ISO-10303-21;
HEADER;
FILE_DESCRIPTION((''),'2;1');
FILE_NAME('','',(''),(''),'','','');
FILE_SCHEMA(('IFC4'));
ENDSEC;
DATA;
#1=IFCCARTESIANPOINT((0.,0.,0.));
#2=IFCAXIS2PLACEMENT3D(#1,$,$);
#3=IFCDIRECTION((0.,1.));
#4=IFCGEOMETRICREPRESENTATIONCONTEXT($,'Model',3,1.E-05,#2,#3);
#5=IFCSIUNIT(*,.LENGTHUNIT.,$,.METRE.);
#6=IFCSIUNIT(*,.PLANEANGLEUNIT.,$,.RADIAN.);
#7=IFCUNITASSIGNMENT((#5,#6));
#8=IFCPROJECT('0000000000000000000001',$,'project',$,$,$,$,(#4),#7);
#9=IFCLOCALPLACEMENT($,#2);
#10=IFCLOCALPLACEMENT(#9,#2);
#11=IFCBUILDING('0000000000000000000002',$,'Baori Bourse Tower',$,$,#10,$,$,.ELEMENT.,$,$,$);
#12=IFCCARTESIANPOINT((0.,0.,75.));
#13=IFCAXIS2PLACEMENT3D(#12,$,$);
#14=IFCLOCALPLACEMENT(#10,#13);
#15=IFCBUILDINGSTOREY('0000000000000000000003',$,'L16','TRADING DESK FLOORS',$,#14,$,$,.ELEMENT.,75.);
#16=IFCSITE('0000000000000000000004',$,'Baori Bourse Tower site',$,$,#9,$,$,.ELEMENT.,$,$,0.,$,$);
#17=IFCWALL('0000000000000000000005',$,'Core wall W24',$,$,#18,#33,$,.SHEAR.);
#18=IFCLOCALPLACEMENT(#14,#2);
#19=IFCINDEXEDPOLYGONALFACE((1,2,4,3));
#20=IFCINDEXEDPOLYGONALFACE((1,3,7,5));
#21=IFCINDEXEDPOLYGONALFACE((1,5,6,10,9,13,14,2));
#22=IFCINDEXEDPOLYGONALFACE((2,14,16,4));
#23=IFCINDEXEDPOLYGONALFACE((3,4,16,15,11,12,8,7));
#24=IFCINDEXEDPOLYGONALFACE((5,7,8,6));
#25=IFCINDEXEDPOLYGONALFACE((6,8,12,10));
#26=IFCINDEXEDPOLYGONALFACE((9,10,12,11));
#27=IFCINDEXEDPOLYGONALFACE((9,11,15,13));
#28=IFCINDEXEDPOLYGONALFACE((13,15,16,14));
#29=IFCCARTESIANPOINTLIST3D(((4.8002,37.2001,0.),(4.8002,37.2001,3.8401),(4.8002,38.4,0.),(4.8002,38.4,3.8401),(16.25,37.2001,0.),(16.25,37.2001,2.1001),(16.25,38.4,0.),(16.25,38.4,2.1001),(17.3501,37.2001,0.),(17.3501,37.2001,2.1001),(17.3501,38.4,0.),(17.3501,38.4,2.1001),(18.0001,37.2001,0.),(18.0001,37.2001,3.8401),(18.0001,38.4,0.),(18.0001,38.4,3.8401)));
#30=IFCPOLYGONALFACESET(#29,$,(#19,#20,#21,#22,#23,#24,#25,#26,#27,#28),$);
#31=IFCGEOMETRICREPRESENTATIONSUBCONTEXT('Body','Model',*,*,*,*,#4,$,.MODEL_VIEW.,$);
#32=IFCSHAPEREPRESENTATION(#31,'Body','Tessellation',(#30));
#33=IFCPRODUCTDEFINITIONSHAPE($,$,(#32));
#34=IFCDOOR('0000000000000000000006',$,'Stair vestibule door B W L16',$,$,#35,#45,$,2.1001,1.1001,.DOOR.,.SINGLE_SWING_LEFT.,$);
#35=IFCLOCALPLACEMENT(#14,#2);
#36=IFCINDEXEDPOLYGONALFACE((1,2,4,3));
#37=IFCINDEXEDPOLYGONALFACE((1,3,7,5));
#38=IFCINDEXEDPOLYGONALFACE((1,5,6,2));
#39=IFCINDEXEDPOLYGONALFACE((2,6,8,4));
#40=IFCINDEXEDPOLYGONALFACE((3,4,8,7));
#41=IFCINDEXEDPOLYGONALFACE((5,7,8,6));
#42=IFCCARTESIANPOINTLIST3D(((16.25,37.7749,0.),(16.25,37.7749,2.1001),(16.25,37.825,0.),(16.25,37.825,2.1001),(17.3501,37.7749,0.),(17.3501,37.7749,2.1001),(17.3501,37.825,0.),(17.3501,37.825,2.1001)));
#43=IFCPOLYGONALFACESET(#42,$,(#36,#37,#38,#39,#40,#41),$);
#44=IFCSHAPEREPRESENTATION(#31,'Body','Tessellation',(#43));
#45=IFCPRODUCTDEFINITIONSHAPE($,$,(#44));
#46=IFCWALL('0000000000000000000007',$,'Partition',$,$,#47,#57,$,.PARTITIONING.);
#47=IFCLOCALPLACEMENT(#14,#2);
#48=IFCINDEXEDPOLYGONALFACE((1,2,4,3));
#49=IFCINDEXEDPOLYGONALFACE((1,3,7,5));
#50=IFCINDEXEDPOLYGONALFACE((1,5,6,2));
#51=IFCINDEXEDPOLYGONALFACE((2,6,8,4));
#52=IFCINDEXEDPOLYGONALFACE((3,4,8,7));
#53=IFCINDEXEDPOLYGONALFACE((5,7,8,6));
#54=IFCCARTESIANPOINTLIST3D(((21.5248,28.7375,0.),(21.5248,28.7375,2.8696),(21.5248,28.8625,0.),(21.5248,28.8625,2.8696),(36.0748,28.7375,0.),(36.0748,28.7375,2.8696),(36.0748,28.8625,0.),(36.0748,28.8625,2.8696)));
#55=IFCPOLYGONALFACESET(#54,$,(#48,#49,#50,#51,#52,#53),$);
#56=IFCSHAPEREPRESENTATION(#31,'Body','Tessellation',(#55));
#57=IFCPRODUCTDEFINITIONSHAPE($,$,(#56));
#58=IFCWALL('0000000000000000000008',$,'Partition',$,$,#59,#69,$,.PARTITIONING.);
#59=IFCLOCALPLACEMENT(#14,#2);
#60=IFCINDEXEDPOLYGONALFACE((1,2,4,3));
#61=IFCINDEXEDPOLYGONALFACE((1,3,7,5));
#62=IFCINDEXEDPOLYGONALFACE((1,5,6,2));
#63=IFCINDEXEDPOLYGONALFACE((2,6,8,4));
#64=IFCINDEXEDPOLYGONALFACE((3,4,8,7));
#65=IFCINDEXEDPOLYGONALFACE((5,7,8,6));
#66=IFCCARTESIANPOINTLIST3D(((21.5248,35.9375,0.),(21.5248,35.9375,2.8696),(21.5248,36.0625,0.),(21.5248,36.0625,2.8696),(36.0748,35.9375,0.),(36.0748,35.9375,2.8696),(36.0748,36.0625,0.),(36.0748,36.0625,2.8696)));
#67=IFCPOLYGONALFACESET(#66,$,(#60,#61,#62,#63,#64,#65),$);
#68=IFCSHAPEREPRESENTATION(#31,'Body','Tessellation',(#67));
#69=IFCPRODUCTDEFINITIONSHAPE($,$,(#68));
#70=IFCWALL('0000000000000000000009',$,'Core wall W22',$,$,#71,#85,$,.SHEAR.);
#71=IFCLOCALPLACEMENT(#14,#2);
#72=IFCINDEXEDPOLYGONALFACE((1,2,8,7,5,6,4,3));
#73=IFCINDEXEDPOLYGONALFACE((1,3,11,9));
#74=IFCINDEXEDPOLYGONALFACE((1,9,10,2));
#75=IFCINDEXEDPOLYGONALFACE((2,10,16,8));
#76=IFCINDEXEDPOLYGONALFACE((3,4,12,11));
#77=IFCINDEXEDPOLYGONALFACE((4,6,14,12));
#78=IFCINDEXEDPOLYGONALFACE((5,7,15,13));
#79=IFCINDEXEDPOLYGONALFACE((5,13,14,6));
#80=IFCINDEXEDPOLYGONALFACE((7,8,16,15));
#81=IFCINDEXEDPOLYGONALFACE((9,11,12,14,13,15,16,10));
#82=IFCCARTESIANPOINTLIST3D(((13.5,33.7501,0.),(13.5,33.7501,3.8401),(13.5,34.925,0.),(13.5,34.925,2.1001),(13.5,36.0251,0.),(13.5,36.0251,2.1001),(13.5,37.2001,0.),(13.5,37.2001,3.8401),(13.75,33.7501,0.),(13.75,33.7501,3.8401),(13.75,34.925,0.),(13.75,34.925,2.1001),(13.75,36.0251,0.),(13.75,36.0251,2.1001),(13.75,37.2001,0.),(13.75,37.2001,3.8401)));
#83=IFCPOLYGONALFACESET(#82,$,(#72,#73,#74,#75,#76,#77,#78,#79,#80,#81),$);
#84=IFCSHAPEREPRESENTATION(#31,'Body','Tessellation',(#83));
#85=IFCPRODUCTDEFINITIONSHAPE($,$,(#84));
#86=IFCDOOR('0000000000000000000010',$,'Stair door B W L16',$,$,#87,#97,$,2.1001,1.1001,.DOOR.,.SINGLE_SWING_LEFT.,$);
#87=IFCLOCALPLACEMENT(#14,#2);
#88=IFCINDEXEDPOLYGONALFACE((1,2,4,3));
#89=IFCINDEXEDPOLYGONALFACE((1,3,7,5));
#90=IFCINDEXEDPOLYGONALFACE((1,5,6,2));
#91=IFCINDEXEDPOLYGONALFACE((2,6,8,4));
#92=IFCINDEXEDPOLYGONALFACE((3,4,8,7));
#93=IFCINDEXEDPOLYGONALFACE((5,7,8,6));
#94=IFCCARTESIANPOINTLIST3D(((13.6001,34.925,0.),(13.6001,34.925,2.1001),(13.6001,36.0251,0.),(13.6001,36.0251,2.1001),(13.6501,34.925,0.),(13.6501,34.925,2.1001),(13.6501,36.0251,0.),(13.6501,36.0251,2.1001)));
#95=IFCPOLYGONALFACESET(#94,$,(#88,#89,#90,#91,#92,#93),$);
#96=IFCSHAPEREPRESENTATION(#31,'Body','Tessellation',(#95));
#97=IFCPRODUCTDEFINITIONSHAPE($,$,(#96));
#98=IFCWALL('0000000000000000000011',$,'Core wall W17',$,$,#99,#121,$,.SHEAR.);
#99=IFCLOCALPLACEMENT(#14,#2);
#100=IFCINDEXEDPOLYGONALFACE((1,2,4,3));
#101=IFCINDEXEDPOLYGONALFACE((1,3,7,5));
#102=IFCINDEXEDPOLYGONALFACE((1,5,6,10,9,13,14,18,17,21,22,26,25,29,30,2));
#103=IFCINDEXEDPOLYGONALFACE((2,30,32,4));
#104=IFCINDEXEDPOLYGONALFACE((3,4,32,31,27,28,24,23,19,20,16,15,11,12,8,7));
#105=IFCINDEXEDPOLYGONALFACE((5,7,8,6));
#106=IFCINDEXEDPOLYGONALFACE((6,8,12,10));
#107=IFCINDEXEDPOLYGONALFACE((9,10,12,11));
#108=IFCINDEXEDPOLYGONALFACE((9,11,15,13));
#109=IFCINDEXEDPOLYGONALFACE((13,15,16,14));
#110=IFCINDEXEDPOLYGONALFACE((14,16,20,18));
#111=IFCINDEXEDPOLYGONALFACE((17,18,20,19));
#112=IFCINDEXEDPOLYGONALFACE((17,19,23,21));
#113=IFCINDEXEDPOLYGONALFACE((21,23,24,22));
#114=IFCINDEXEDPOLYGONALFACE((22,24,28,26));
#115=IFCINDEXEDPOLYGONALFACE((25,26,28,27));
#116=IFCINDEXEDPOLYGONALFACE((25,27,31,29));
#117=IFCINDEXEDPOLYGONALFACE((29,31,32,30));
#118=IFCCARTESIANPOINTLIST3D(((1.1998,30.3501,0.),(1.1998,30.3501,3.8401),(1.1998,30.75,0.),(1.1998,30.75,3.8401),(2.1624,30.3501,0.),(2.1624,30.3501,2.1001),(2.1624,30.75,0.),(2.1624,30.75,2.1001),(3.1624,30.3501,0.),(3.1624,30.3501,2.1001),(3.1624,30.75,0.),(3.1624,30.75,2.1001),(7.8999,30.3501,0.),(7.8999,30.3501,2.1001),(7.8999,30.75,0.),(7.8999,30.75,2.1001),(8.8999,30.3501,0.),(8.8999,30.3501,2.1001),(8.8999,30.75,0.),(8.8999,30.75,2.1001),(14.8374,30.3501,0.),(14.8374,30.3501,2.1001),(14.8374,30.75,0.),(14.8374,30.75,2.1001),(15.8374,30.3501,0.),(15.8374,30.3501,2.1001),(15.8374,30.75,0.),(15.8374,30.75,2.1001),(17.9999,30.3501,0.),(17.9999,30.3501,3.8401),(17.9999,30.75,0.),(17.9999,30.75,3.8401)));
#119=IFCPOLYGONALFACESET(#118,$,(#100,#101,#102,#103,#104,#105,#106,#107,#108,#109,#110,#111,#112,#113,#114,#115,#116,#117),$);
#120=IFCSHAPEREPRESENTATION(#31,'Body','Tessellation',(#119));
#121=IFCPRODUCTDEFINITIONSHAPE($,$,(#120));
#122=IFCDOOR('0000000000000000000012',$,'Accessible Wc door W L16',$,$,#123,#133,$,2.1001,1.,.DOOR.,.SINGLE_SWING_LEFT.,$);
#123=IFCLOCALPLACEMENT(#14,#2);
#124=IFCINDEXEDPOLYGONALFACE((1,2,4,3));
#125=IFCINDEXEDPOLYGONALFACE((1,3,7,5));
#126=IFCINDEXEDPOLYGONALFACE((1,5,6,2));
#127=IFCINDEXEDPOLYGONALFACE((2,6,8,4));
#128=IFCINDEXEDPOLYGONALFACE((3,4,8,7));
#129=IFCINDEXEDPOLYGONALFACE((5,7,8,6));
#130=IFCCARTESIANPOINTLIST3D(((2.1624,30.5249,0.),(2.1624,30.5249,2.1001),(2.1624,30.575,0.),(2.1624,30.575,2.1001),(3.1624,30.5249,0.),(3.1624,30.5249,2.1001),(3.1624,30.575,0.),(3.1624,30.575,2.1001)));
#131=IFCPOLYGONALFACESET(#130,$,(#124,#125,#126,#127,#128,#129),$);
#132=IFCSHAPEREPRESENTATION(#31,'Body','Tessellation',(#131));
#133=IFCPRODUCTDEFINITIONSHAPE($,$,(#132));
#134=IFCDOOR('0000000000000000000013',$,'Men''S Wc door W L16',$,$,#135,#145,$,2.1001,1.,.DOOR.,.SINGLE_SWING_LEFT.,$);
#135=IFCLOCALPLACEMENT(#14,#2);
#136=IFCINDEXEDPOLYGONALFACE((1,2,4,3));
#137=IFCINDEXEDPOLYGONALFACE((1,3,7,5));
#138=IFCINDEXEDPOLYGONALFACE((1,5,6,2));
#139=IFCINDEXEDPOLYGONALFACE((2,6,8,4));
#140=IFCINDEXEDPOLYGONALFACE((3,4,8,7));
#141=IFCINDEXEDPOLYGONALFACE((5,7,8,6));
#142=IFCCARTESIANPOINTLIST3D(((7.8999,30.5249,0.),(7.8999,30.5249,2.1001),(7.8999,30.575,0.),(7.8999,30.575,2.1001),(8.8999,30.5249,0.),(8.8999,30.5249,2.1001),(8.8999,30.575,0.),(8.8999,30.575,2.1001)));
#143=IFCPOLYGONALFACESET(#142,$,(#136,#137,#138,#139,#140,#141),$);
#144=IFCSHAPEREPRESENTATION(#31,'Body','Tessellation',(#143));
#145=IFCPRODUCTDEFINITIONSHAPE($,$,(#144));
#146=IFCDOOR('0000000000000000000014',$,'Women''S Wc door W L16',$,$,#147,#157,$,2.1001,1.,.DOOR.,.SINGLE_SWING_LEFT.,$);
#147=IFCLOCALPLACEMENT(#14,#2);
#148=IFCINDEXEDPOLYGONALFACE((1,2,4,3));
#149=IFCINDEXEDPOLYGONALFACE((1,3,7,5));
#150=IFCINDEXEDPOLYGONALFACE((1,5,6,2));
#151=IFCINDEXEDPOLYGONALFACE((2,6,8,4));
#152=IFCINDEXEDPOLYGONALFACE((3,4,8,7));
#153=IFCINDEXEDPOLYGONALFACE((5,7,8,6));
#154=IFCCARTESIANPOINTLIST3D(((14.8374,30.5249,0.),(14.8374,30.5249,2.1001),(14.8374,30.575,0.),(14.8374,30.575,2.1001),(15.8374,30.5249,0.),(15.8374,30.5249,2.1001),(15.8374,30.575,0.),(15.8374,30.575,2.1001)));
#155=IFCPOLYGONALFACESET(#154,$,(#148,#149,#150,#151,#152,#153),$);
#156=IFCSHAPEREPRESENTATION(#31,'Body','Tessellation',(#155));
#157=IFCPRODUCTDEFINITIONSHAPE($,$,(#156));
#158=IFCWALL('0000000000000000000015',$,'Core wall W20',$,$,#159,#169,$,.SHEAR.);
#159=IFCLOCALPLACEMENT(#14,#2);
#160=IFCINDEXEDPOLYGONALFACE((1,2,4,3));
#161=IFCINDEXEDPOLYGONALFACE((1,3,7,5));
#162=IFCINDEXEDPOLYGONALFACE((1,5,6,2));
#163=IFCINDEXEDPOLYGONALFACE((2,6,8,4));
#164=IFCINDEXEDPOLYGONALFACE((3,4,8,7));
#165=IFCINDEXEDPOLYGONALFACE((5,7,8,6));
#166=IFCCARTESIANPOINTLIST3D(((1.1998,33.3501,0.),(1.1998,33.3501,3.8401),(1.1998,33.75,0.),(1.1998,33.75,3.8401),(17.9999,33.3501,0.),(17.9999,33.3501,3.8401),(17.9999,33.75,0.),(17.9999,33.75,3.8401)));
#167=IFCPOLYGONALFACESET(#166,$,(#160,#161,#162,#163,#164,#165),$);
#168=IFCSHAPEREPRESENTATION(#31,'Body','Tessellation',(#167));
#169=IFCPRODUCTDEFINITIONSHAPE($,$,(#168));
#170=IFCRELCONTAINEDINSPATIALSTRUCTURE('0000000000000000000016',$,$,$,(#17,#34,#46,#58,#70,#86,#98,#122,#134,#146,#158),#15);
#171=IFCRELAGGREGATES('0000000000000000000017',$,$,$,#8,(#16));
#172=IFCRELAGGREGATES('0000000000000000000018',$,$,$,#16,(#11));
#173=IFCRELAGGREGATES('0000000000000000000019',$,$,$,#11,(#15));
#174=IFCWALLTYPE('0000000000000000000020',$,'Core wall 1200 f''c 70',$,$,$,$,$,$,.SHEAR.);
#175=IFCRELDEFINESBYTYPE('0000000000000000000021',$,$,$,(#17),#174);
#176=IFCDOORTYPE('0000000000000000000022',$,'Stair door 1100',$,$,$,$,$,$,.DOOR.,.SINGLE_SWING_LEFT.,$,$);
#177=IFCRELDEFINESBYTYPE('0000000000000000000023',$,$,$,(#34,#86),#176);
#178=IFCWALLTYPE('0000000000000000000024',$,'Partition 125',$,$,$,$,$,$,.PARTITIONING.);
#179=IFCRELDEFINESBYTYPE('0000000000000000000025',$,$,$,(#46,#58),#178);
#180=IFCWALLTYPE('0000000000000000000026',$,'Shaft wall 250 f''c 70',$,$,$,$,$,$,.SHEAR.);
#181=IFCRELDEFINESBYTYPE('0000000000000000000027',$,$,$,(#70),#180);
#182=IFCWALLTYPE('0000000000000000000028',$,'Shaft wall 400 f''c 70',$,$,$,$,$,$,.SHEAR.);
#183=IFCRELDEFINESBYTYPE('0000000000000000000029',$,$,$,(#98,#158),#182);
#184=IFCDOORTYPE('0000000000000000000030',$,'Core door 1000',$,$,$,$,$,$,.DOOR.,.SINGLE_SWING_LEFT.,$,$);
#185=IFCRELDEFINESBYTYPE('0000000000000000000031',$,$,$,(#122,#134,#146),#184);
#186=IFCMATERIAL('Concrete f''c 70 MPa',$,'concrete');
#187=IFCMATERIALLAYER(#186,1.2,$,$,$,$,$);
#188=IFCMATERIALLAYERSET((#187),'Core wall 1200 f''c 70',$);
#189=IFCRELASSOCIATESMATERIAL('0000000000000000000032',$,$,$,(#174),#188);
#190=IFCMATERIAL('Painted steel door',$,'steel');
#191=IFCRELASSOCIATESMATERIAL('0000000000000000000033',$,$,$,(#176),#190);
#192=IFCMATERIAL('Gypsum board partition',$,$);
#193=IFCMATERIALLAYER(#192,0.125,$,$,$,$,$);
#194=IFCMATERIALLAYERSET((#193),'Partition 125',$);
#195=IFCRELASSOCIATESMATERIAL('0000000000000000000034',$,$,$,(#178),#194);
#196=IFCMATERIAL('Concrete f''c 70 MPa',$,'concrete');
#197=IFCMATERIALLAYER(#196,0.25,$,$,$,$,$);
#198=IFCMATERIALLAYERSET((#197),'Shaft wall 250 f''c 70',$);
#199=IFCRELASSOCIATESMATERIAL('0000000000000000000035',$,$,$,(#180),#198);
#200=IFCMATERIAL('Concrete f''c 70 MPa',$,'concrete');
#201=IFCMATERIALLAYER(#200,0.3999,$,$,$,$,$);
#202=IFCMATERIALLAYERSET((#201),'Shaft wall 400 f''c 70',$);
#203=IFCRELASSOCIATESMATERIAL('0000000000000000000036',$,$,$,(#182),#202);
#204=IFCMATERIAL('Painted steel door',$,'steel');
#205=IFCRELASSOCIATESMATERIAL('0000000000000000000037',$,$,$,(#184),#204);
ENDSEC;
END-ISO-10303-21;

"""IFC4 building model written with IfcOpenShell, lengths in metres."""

from ifc_helpers import new_model, si_unit, direction, frame, frame_2d, origin, place, context, subcontext, project, spatial, rectangle, extrude, material, layer, layer_set, type_object, element, fill, save


model = new_model("IFC4")

# Units and contexts
model_context = context("Model", 3, precision=1e-05, world=origin(), true_north=direction((0.0, 1.0)))
body_context = subcontext(model_context, "Body", "Model", "MODEL_VIEW")
ifc_project = project(units=[si_unit("LENGTHUNIT", "METRE"), si_unit("PLANEANGLEUNIT", "RADIAN")], contexts=[model_context])

# Site, building, storey
site_placement = place(None, origin())
site = spatial("IfcSite", under=ifc_project, at=site_placement, Name="Baori Bourse Tower site", CompositionType="ELEMENT", RefElevation=0.0)
building_placement = place(site_placement, origin())
building = spatial("IfcBuilding", under=site, at=building_placement, Name="Baori Bourse Tower", CompositionType="ELEMENT")
storey_placement = place(building_placement, frame((0.0, 0.0, 75.0)))
storey = spatial("IfcBuildingStorey", under=building, at=storey_placement, Name="L16", Description="TRADING DESK FLOORS", CompositionType="ELEMENT", Elevation=75.0)

# Shared definitions
ifc_material_1 = material(Name="Concrete f'c 70 MPa", Category="concrete")
ifc_layer_1 = layer(ifc_material_1, 1.2)
ifc_layer_set_1 = layer_set([ifc_layer_1], Name="Core wall 1200 f'c 70")
wall_type_1 = type_object("IfcWallType", Name="Core wall 1200 f'c 70", PredefinedType="SHEAR", material=ifc_layer_set_1)

# Wall, opening, door
wall_1_placement = place(storey_placement, frame((4.8, 37.8, 0.0), z_axis=(0.0, 0.0, 1.0), x_axis=(1.0, 0.0, 0.0)))
wall_1 = element("IfcWall", 1, at=wall_1_placement, inside=storey, type_object=wall_type_1, Name="Core wall W24", PredefinedType="SHEAR", context=body_context, shape_type="SweptSolid", body=[
    extrude(rectangle(XDim=13.2, YDim=1.2, at=frame_2d((6.6001, 0.0))), origin(), (0.0, 0.0, 1.0), 3.8401),
])
opening_1_placement = place(wall_1_placement, frame((11.45, 0.0, 0.0)))
opening_1 = element("IfcOpeningElement", 2, at=opening_1_placement, cuts=wall_1, PredefinedType="OPENING", context=body_context, shape_type="SweptSolid", body=[
    extrude(rectangle(XDim=1.1001, YDim=2.1001, at=frame_2d((0.55, 1.05))), frame((0.0, 0.6099, 0.0), z_axis=(0.0, -1.0, 0.0), x_axis=(1.0, 0.0, 0.0)), (0.0, 0.0, 1.0), 1.22),
])
ifc_material_2 = material(Name="Painted steel door", Category="steel")
door_type_1 = type_object("IfcDoorType", Name="Stair door 1100", OperationType="SINGLE_SWING_LEFT", PredefinedType="DOOR", material=ifc_material_2)
door_1_placement = place(opening_1_placement, origin())
door_1 = element("IfcDoor", 3, at=door_1_placement, inside=storey, type_object=door_type_1, Name="Stair vestibule door B W L16", OperationType="SINGLE_SWING_LEFT", OverallHeight=2.1001, OverallWidth=1.1001, PredefinedType="DOOR", context=body_context, shape_type="SweptSolid", body=[
    extrude(rectangle(XDim=1.1001, YDim=2.1001, at=frame_2d((0.55, 1.05))), frame((0.0, 0.0249, 0.0), z_axis=(0.0, -1.0, 0.0), x_axis=(1.0, 0.0, 0.0)), (0.0, 0.0, 1.0), 0.05),
])
fill(opening_1, door_1)

# Walls
ifc_material_3 = material(Name="Gypsum board partition")
ifc_layer_2 = layer(ifc_material_3, 0.125)
ifc_layer_set_2 = layer_set([ifc_layer_2], Name="Partition 125")
wall_type_2 = type_object("IfcWallType", Name="Partition 125", PredefinedType="PARTITIONING", material=ifc_layer_set_2)
for number, where, z_axis, x_axis, name in (
    (4, (21.5249, 28.8, 0.0), (0.0, 0.0, 1.0), (1.0, 0.0, 0.0), "Partition"),
    (5, (21.5249, 36.0, 0.0), (0.0, 0.0, 1.0), (1.0, 0.0, 0.0), "Partition"),
):
    element("IfcWall", number, at=place(storey_placement, frame(where, z_axis=z_axis, x_axis=x_axis)), inside=storey, type_object=wall_type_2, Name=name, PredefinedType="PARTITIONING", context=body_context, shape_type="SweptSolid", body=[
        extrude(rectangle(XDim=14.55, YDim=0.125, at=frame_2d((7.2749, 0.0))), origin(), (0.0, 0.0, 1.0), 2.8696),
    ])

# Wall, opening, door
ifc_material_4 = material(Name="Concrete f'c 70 MPa", Category="concrete")
ifc_layer_3 = layer(ifc_material_4, 0.25)
ifc_layer_set_3 = layer_set([ifc_layer_3], Name="Shaft wall 250 f'c 70")
wall_type_3 = type_object("IfcWallType", Name="Shaft wall 250 f'c 70", PredefinedType="SHEAR", material=ifc_layer_set_3)
wall_2_placement = place(storey_placement, frame((13.625, 33.75, 0.0), z_axis=(0.0, 0.0, 1.0), x_axis=(0.0, 1.0, 0.0)))
wall_2 = element("IfcWall", 6, at=wall_2_placement, inside=storey, type_object=wall_type_3, Name="Core wall W22", PredefinedType="SHEAR", context=body_context, shape_type="SweptSolid", body=[
    extrude(rectangle(XDim=3.45, YDim=0.25, at=frame_2d((1.7251, 0.0))), origin(), (0.0, 0.0, 1.0), 3.8401),
])
opening_2_placement = place(wall_2_placement, frame((1.175, 0.0, 0.0)))
opening_2 = element("IfcOpeningElement", 7, at=opening_2_placement, cuts=wall_2, PredefinedType="OPENING", context=body_context, shape_type="SweptSolid", body=[
    extrude(rectangle(XDim=1.1001, YDim=2.1001, at=frame_2d((0.55, 1.05))), frame((0.0, 0.135, 0.0), z_axis=(0.0, -1.0, 0.0), x_axis=(1.0, 0.0, 0.0)), (0.0, 0.0, 1.0), 0.27),
])
door_2_placement = place(opening_2_placement, origin())
door_2 = element("IfcDoor", 8, at=door_2_placement, inside=storey, type_object=door_type_1, Name="Stair door B W L16", OperationType="SINGLE_SWING_LEFT", OverallHeight=2.1001, OverallWidth=1.1001, PredefinedType="DOOR", context=body_context, shape_type="SweptSolid", body=[
    extrude(rectangle(XDim=1.1001, YDim=2.1001, at=frame_2d((0.55, 1.05))), frame((0.0, 0.0249, 0.0), z_axis=(0.0, -1.0, 0.0), x_axis=(1.0, 0.0, 0.0)), (0.0, 0.0, 1.0), 0.05),
])
fill(opening_2, door_2)

# Wall, openings, doors
ifc_material_5 = material(Name="Concrete f'c 70 MPa", Category="concrete")
ifc_layer_4 = layer(ifc_material_5, 0.3999)
ifc_layer_set_4 = layer_set([ifc_layer_4], Name="Shaft wall 400 f'c 70")
wall_type_4 = type_object("IfcWallType", Name="Shaft wall 400 f'c 70", PredefinedType="SHEAR", material=ifc_layer_set_4)
wall_3_placement = place(storey_placement, frame((1.2, 30.55, 0.0), z_axis=(0.0, 0.0, 1.0), x_axis=(1.0, 0.0, 0.0)))
wall_3 = element("IfcWall", 9, at=wall_3_placement, inside=storey, type_object=wall_type_4, Name="Core wall W17", PredefinedType="SHEAR", context=body_context, shape_type="SweptSolid", body=[
    extrude(rectangle(XDim=16.8, YDim=0.3999, at=frame_2d((8.3999, 0.0))), origin(), (0.0, 0.0, 1.0), 3.8401),
])
opening_3_placement = place(wall_3_placement, frame((0.9624, 0.0, 0.0)))
opening_3 = element("IfcOpeningElement", 10, at=opening_3_placement, cuts=wall_3, PredefinedType="OPENING", context=body_context, shape_type="SweptSolid", body=[
    extrude(rectangle(XDim=1.0, YDim=2.1001, at=frame_2d((0.5, 1.05))), frame((0.0, 0.21, 0.0), z_axis=(0.0, -1.0, 0.0), x_axis=(1.0, 0.0, 0.0)), (0.0, 0.0, 1.0), 0.4199),
])
opening_4_placement = place(wall_3_placement, frame((6.7, 0.0, 0.0)))
opening_4 = element("IfcOpeningElement", 11, at=opening_4_placement, cuts=wall_3, PredefinedType="OPENING", context=body_context, shape_type="SweptSolid", body=[
    extrude(rectangle(XDim=1.0, YDim=2.1001, at=frame_2d((0.5, 1.05))), frame((0.0, 0.21, 0.0), z_axis=(0.0, -1.0, 0.0), x_axis=(1.0, 0.0, 0.0)), (0.0, 0.0, 1.0), 0.4199),
])
opening_5_placement = place(wall_3_placement, frame((13.6375, 0.0, 0.0)))
opening_5 = element("IfcOpeningElement", 12, at=opening_5_placement, cuts=wall_3, PredefinedType="OPENING", context=body_context, shape_type="SweptSolid", body=[
    extrude(rectangle(XDim=1.0, YDim=2.1001, at=frame_2d((0.5, 1.05))), frame((0.0, 0.21, 0.0), z_axis=(0.0, -1.0, 0.0), x_axis=(1.0, 0.0, 0.0)), (0.0, 0.0, 1.0), 0.4199),
])
ifc_material_6 = material(Name="Painted steel door", Category="steel")
door_type_2 = type_object("IfcDoorType", Name="Core door 1000", OperationType="SINGLE_SWING_LEFT", PredefinedType="DOOR", material=ifc_material_6)
door_3_placement = place(opening_3_placement, origin())
door_3 = element("IfcDoor", 13, at=door_3_placement, inside=storey, type_object=door_type_2, Name="Accessible Wc door W L16", OperationType="SINGLE_SWING_LEFT", OverallHeight=2.1001, OverallWidth=1.0, PredefinedType="DOOR", context=body_context, shape_type="SweptSolid", body=[
    extrude(rectangle(XDim=1.0, YDim=2.1001, at=frame_2d((0.5, 1.05))), frame((0.0, 0.0249, 0.0), z_axis=(0.0, -1.0, 0.0), x_axis=(1.0, 0.0, 0.0)), (0.0, 0.0, 1.0), 0.05),
])
fill(opening_3, door_3)
door_4_placement = place(opening_4_placement, origin())
door_4 = element("IfcDoor", 14, at=door_4_placement, inside=storey, type_object=door_type_2, Name="Men'S Wc door W L16", OperationType="SINGLE_SWING_LEFT", OverallHeight=2.1001, OverallWidth=1.0, PredefinedType="DOOR", context=body_context, shape_type="SweptSolid", body=[
    extrude(rectangle(XDim=1.0, YDim=2.1001, at=frame_2d((0.5, 1.05))), frame((0.0, 0.0249, 0.0), z_axis=(0.0, -1.0, 0.0), x_axis=(1.0, 0.0, 0.0)), (0.0, 0.0, 1.0), 0.05),
])
fill(opening_4, door_4)
door_5_placement = place(opening_5_placement, origin())
door_5 = element("IfcDoor", 15, at=door_5_placement, inside=storey, type_object=door_type_2, Name="Women'S Wc door W L16", OperationType="SINGLE_SWING_LEFT", OverallHeight=2.1001, OverallWidth=1.0, PredefinedType="DOOR", context=body_context, shape_type="SweptSolid", body=[
    extrude(rectangle(XDim=1.0, YDim=2.1001, at=frame_2d((0.5, 1.05))), frame((0.0, 0.0249, 0.0), z_axis=(0.0, -1.0, 0.0), x_axis=(1.0, 0.0, 0.0)), (0.0, 0.0, 1.0), 0.05),
])
fill(opening_5, door_5)

# Wall
wall_4_placement = place(storey_placement, frame((1.2, 33.55, 0.0), z_axis=(0.0, 0.0, 1.0), x_axis=(1.0, 0.0, 0.0)))
element("IfcWall", 16, at=wall_4_placement, inside=storey, type_object=wall_type_4, Name="Core wall W20", PredefinedType="SHEAR", context=body_context, shape_type="SweptSolid", body=[
    extrude(rectangle(XDim=16.8, YDim=0.3999, at=frame_2d((8.3999, 0.0))), origin(), (0.0, 0.0, 1.0), 3.8401),
])

save(model, "model.ifc")
